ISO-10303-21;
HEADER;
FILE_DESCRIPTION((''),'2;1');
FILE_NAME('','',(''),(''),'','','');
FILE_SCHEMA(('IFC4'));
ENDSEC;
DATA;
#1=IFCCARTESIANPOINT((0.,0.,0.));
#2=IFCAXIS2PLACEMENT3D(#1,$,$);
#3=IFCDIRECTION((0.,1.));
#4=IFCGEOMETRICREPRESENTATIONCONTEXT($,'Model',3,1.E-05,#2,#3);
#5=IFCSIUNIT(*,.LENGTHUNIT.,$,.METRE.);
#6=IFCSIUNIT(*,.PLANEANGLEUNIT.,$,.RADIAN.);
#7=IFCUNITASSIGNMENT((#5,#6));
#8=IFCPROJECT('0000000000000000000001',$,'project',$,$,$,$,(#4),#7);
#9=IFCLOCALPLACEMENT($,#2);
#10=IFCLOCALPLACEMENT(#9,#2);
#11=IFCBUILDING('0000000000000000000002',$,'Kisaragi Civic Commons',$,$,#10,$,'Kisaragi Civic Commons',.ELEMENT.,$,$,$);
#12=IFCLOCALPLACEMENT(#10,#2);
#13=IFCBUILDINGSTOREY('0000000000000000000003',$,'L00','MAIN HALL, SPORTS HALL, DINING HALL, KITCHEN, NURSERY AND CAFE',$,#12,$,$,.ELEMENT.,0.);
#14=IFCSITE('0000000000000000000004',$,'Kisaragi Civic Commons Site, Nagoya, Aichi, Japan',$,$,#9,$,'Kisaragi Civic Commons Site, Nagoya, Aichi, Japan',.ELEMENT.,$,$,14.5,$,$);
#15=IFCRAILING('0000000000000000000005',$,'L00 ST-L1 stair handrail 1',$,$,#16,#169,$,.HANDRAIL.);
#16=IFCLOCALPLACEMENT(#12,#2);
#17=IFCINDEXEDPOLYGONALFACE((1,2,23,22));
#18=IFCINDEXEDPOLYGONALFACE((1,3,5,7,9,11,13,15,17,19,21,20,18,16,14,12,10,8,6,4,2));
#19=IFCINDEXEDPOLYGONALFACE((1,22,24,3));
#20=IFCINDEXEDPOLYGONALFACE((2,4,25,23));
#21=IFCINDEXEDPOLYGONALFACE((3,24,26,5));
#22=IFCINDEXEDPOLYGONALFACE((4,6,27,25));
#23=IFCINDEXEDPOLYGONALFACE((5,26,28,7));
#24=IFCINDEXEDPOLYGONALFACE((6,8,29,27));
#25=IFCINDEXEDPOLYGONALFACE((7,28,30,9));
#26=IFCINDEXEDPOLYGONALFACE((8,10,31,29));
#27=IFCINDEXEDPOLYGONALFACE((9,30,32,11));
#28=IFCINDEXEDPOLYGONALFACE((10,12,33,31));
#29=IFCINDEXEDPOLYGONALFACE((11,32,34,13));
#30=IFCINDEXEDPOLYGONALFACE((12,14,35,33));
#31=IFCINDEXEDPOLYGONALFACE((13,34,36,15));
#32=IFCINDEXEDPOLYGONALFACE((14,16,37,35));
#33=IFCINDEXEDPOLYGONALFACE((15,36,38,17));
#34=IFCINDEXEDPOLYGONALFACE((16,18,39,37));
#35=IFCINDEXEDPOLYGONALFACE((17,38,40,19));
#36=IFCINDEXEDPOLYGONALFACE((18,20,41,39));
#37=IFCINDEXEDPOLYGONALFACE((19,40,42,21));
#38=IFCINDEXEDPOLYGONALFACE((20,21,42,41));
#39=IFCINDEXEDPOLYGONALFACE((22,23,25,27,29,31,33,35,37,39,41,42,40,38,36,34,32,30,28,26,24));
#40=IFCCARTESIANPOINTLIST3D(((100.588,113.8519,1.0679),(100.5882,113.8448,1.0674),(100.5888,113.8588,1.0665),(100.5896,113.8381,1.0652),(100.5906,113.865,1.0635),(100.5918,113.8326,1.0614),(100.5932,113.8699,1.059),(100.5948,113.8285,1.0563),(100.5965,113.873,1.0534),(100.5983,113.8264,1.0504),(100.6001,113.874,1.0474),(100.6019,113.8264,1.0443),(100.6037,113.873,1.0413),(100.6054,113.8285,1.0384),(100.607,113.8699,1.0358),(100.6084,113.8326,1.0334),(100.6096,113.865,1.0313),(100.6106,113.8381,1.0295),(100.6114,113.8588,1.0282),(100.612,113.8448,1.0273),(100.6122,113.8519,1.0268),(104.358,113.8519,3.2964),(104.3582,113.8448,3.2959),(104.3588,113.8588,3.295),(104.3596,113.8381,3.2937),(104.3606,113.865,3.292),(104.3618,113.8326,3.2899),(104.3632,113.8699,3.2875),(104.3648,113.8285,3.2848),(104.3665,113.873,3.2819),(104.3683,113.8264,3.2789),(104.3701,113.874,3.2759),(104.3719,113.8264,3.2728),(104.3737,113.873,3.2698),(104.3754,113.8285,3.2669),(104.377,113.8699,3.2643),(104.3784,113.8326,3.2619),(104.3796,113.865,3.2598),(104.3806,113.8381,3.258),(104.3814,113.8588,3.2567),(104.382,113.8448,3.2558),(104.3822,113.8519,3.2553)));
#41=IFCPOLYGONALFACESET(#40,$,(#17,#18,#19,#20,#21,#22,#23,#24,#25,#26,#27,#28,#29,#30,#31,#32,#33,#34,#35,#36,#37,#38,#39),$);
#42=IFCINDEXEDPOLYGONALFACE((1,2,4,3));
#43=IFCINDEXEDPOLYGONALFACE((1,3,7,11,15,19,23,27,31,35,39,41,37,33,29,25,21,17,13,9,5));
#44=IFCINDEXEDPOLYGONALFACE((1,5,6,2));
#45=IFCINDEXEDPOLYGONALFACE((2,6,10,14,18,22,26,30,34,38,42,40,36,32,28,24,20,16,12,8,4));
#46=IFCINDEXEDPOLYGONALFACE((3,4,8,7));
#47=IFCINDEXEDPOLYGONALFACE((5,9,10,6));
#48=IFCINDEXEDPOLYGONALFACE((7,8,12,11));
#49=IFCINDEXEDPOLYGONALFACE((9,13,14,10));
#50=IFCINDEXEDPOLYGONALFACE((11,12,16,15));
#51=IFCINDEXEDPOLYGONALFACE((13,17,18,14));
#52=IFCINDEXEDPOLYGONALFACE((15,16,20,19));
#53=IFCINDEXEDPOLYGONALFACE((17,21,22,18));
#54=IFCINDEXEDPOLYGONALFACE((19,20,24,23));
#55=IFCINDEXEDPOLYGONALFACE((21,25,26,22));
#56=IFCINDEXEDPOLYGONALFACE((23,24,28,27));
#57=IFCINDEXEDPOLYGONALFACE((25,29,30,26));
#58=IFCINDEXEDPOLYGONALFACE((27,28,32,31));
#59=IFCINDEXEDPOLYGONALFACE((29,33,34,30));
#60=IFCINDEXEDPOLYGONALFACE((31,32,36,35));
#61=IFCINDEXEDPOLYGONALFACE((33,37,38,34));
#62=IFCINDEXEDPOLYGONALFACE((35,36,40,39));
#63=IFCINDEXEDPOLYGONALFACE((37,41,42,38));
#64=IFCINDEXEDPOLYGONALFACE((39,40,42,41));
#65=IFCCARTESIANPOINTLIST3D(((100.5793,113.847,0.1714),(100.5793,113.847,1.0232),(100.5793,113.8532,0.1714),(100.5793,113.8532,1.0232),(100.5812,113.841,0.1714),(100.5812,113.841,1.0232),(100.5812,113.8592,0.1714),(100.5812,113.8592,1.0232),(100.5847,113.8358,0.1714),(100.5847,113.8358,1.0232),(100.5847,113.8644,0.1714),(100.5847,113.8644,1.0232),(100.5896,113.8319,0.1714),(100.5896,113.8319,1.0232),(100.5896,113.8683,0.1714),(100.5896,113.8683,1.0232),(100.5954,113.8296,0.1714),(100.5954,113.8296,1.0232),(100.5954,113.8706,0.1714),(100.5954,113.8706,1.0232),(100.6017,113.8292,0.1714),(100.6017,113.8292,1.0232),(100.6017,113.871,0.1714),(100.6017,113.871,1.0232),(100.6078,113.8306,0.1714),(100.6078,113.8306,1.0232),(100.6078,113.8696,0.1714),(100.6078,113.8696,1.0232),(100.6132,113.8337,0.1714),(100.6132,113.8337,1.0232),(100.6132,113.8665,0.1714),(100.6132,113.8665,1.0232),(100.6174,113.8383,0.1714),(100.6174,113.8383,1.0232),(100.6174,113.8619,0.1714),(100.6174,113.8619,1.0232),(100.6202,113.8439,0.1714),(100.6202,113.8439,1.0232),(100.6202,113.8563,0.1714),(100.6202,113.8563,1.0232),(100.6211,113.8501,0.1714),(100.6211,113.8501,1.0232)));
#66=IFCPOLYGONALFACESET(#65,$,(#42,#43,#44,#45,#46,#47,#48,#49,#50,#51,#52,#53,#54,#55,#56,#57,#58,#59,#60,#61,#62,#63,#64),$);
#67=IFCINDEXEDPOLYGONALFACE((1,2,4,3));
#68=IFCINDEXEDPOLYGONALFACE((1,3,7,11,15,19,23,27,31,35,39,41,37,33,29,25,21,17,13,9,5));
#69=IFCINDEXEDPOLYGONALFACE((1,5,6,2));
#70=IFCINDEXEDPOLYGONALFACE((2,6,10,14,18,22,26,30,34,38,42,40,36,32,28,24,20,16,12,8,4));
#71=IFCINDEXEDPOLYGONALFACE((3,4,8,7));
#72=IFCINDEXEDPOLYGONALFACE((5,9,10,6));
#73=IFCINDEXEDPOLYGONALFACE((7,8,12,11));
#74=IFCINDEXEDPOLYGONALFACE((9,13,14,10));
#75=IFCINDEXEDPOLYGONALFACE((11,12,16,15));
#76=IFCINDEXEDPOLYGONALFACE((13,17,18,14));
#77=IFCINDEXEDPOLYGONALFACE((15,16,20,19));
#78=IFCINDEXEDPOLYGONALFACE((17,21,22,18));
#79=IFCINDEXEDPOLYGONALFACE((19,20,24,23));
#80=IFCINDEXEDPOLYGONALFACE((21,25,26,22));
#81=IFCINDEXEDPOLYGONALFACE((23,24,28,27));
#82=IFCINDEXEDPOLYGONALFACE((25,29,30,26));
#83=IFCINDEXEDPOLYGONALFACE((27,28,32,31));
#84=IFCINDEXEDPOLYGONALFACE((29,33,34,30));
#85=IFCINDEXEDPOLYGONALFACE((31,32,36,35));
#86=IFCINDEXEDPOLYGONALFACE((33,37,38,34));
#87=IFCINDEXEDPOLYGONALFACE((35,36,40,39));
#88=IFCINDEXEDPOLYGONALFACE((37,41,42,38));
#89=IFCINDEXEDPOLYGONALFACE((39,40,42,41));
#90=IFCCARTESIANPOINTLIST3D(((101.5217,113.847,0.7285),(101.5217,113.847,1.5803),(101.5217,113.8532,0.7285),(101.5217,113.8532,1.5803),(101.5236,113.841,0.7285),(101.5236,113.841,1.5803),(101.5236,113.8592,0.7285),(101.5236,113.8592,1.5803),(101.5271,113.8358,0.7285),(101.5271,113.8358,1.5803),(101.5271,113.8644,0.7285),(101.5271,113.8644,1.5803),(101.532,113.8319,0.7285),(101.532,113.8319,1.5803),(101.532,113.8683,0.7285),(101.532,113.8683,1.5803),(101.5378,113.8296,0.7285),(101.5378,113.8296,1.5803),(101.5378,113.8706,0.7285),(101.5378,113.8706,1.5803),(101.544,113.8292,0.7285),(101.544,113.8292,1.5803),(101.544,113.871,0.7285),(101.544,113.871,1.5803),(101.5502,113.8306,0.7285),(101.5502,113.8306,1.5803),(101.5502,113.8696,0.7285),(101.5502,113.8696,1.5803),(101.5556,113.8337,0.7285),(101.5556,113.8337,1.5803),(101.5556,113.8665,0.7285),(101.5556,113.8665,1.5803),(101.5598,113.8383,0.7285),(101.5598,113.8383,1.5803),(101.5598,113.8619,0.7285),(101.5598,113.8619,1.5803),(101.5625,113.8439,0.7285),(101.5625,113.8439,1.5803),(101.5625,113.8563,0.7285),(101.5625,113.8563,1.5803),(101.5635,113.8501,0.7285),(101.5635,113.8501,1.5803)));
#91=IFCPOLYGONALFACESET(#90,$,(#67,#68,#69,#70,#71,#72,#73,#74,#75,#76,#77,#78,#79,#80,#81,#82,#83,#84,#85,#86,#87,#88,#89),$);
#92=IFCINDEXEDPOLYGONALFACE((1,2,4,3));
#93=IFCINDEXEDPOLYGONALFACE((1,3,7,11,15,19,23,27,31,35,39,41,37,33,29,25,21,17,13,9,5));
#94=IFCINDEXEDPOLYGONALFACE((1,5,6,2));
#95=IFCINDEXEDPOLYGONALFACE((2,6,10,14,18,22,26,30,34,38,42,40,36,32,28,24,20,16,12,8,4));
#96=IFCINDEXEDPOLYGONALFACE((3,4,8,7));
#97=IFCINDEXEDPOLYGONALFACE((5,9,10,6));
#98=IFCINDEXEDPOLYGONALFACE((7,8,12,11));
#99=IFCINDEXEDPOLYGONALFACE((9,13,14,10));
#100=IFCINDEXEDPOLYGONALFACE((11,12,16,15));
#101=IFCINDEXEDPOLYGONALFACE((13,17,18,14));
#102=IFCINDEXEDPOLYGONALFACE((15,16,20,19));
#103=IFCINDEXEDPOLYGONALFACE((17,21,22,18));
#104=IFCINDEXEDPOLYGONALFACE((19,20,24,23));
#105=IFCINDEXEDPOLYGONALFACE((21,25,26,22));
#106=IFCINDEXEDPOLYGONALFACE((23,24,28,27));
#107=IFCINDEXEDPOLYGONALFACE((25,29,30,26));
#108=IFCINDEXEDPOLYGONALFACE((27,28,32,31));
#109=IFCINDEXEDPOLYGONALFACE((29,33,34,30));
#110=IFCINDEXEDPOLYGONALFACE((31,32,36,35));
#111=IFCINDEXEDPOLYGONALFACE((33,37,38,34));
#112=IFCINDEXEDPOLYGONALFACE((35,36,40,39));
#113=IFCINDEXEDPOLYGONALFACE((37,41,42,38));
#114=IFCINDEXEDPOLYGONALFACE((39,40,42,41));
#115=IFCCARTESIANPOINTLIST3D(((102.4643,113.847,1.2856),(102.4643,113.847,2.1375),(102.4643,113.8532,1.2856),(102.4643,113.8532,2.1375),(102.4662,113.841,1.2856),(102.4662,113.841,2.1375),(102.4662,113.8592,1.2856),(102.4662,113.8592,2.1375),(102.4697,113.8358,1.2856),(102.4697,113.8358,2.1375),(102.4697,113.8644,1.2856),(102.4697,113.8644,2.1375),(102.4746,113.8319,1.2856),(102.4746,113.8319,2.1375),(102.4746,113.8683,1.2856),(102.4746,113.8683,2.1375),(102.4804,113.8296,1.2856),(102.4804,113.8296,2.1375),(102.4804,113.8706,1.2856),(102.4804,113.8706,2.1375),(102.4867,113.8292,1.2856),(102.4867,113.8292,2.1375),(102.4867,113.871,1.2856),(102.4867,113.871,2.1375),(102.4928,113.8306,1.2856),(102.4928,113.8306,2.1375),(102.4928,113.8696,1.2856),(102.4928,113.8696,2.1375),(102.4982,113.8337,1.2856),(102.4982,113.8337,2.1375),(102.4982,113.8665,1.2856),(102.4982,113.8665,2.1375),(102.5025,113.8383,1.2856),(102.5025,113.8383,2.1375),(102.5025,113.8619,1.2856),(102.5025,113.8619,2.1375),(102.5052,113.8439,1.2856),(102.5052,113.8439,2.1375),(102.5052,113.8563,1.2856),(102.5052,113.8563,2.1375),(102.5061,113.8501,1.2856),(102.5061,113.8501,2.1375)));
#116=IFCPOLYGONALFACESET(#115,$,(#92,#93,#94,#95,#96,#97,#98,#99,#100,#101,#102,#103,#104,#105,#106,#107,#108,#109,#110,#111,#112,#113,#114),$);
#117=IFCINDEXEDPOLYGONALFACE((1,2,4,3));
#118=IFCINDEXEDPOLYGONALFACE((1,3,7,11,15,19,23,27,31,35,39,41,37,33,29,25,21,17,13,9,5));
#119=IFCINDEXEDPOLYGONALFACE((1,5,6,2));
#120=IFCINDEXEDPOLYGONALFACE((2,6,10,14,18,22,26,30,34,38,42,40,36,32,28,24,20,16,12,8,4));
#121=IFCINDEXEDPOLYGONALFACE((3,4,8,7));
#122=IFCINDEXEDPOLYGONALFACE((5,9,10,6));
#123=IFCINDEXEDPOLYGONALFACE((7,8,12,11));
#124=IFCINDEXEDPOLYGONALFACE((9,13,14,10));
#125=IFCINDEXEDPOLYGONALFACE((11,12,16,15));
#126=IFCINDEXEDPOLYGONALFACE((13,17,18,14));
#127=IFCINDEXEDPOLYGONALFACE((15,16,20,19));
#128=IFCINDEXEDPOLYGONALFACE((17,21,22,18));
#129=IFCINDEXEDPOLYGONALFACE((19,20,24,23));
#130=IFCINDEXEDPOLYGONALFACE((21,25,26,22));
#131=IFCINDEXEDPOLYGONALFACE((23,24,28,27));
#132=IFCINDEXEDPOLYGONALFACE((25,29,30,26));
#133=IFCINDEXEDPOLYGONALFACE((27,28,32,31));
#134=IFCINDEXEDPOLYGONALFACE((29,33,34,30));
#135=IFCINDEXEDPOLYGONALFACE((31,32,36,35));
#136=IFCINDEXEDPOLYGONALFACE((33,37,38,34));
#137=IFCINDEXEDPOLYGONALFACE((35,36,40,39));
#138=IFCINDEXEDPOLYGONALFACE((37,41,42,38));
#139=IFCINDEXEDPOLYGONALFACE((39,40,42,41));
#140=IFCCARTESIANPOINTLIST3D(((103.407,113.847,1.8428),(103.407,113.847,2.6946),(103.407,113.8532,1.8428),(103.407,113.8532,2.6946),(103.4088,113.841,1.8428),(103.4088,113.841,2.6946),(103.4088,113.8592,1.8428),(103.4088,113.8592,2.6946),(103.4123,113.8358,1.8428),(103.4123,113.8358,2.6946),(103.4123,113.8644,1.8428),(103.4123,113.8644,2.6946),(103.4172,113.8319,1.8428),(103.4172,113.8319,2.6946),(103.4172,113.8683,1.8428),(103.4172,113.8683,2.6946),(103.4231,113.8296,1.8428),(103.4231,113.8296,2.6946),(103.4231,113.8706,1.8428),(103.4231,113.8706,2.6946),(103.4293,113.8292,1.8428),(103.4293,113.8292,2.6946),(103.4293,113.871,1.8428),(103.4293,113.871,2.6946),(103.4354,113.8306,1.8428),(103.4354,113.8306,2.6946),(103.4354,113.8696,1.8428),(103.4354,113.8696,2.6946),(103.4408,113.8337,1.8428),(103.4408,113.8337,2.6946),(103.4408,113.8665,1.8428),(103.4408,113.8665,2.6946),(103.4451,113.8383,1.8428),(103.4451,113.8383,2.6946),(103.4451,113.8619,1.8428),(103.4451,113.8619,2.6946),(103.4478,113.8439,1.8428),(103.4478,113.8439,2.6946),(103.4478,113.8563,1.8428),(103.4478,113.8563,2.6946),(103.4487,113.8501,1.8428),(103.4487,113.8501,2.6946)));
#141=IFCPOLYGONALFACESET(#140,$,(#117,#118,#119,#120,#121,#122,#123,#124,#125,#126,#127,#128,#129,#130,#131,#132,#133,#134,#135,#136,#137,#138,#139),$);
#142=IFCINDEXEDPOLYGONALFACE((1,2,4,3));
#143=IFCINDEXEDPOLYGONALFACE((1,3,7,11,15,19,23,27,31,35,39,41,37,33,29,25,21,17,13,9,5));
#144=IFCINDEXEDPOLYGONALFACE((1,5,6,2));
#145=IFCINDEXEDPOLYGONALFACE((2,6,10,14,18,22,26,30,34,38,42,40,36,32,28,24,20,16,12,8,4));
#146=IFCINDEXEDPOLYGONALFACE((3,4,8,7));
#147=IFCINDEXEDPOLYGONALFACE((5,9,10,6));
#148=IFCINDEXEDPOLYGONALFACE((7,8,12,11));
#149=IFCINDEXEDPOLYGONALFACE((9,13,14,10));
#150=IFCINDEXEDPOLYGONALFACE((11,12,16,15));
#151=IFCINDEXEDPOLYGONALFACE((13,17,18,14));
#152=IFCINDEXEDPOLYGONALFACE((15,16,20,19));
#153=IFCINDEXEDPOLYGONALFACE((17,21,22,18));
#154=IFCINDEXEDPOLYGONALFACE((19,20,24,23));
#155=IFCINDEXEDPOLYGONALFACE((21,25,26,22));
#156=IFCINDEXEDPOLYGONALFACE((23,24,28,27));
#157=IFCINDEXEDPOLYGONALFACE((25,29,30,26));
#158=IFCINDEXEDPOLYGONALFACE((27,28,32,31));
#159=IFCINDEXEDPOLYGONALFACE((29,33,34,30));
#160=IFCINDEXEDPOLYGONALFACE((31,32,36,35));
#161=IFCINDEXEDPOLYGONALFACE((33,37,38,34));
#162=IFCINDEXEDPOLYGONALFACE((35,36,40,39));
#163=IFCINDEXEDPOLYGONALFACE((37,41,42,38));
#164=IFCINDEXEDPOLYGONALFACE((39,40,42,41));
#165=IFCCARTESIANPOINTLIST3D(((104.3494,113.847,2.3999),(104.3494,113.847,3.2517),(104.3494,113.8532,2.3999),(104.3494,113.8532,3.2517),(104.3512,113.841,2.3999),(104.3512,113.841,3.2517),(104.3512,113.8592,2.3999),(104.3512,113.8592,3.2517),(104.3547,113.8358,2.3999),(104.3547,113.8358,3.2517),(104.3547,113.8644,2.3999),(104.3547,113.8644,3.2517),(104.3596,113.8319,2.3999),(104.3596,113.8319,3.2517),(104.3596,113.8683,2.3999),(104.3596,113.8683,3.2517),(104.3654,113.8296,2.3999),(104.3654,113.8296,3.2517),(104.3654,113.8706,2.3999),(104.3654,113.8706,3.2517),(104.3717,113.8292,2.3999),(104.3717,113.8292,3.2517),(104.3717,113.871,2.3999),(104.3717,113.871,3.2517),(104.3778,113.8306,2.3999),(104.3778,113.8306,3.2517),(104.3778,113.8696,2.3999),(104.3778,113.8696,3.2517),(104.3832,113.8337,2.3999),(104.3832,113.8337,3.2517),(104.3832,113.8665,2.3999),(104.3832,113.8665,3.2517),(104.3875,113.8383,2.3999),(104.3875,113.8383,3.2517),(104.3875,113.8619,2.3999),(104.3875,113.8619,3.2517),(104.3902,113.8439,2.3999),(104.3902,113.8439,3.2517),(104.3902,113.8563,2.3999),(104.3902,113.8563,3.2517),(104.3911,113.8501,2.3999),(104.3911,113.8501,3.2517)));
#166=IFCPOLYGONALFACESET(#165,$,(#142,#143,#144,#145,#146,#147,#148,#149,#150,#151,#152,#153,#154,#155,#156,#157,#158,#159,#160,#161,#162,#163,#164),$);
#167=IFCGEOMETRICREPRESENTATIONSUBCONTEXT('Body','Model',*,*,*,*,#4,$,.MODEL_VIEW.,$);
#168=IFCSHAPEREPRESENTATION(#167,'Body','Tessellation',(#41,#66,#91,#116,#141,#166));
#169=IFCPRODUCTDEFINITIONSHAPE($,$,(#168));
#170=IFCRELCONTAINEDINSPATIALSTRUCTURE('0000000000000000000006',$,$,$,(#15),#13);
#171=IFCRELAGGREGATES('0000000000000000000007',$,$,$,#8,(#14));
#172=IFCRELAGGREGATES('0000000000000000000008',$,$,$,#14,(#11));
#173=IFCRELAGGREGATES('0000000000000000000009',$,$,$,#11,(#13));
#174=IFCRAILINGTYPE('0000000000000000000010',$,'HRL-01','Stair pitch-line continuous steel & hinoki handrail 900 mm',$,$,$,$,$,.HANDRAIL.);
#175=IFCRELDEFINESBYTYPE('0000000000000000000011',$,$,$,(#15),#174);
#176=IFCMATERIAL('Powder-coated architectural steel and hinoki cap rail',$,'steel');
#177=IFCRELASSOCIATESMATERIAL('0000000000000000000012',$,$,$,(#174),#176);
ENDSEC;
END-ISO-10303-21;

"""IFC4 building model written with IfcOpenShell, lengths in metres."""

from ifc_helpers import new_model, si_unit, direction, frame, origin, origin_2d, place, context, subcontext, project, spatial, circle, extrude, material, type_object, element, save


model = new_model("IFC4")

# Units and contexts
model_context = context("Model", 3, precision=1e-05, world=origin(), true_north=direction((0.0, 1.0)))
body_context = subcontext(model_context, "Body", "Model", "MODEL_VIEW")
ifc_project = project(units=[si_unit("LENGTHUNIT", "METRE"), si_unit("PLANEANGLEUNIT", "RADIAN")], contexts=[model_context])

# Site, building, storey
site_placement = place(None, origin())
site = spatial("IfcSite", under=ifc_project, at=site_placement, Name="Kisaragi Civic Commons Site, Nagoya, Aichi, Japan", LongName="Kisaragi Civic Commons Site, Nagoya, Aichi, Japan", CompositionType="ELEMENT", RefElevation=14.5)
building_placement = place(site_placement, origin())
building = spatial("IfcBuilding", under=site, at=building_placement, Name="Kisaragi Civic Commons", LongName="Kisaragi Civic Commons", CompositionType="ELEMENT")
storey_placement = place(building_placement, origin())
storey = spatial("IfcBuildingStorey", under=building, at=storey_placement, Name="L00", Description="MAIN HALL, SPORTS HALL, DINING HALL, KITCHEN, NURSERY AND CAFE", CompositionType="ELEMENT", Elevation=0.0)

# Railing
ifc_material_1 = material(Name="Powder-coated architectural steel and hinoki cap rail", Category="steel")
railing_type_1 = type_object("IfcRailingType", Name="HRL-01", Description="Stair pitch-line continuous steel & hinoki handrail 900 mm", PredefinedType="HANDRAIL", material=ifc_material_1)
railing_1_placement = place(storey_placement, frame((100.6001, 113.8501, 0.1714)))
element("IfcRailing", 1, at=railing_1_placement, inside=storey, type_object=railing_type_1, Name="L00 ST-L1 stair handrail 1", PredefinedType="HANDRAIL", context=body_context, shape_type="SweptSolid", body=[
    extrude(circle(Radius=0.0239, at=origin_2d()), frame((0.0, 0.0, 0.876), z_axis=(0.860849, 0.0, 0.508861), x_axis=(0.0, 1.0, 0.0)), (0.0, 0.0, 1.0), 4.3794),
    extrude(circle(Radius=0.021, at=origin_2d()), origin(), (0.0, 0.0, 1.0), 0.8518),
    extrude(circle(Radius=0.021, at=origin_2d()), frame((0.9424, 0.0, 0.5571)), (0.0, 0.0, 1.0), 0.8518),
    extrude(circle(Radius=0.021, at=origin_2d()), frame((1.885, 0.0, 1.1143)), (0.0, 0.0, 1.0), 0.8518),
    extrude(circle(Radius=0.021, at=origin_2d()), frame((2.8276, 0.0, 1.6714)), (0.0, 0.0, 1.0), 0.8518),
    extrude(circle(Radius=0.021, at=origin_2d()), frame((3.77, 0.0, 2.2285)), (0.0, 0.0, 1.0), 0.8518),
])

save(model, "model.ifc")
